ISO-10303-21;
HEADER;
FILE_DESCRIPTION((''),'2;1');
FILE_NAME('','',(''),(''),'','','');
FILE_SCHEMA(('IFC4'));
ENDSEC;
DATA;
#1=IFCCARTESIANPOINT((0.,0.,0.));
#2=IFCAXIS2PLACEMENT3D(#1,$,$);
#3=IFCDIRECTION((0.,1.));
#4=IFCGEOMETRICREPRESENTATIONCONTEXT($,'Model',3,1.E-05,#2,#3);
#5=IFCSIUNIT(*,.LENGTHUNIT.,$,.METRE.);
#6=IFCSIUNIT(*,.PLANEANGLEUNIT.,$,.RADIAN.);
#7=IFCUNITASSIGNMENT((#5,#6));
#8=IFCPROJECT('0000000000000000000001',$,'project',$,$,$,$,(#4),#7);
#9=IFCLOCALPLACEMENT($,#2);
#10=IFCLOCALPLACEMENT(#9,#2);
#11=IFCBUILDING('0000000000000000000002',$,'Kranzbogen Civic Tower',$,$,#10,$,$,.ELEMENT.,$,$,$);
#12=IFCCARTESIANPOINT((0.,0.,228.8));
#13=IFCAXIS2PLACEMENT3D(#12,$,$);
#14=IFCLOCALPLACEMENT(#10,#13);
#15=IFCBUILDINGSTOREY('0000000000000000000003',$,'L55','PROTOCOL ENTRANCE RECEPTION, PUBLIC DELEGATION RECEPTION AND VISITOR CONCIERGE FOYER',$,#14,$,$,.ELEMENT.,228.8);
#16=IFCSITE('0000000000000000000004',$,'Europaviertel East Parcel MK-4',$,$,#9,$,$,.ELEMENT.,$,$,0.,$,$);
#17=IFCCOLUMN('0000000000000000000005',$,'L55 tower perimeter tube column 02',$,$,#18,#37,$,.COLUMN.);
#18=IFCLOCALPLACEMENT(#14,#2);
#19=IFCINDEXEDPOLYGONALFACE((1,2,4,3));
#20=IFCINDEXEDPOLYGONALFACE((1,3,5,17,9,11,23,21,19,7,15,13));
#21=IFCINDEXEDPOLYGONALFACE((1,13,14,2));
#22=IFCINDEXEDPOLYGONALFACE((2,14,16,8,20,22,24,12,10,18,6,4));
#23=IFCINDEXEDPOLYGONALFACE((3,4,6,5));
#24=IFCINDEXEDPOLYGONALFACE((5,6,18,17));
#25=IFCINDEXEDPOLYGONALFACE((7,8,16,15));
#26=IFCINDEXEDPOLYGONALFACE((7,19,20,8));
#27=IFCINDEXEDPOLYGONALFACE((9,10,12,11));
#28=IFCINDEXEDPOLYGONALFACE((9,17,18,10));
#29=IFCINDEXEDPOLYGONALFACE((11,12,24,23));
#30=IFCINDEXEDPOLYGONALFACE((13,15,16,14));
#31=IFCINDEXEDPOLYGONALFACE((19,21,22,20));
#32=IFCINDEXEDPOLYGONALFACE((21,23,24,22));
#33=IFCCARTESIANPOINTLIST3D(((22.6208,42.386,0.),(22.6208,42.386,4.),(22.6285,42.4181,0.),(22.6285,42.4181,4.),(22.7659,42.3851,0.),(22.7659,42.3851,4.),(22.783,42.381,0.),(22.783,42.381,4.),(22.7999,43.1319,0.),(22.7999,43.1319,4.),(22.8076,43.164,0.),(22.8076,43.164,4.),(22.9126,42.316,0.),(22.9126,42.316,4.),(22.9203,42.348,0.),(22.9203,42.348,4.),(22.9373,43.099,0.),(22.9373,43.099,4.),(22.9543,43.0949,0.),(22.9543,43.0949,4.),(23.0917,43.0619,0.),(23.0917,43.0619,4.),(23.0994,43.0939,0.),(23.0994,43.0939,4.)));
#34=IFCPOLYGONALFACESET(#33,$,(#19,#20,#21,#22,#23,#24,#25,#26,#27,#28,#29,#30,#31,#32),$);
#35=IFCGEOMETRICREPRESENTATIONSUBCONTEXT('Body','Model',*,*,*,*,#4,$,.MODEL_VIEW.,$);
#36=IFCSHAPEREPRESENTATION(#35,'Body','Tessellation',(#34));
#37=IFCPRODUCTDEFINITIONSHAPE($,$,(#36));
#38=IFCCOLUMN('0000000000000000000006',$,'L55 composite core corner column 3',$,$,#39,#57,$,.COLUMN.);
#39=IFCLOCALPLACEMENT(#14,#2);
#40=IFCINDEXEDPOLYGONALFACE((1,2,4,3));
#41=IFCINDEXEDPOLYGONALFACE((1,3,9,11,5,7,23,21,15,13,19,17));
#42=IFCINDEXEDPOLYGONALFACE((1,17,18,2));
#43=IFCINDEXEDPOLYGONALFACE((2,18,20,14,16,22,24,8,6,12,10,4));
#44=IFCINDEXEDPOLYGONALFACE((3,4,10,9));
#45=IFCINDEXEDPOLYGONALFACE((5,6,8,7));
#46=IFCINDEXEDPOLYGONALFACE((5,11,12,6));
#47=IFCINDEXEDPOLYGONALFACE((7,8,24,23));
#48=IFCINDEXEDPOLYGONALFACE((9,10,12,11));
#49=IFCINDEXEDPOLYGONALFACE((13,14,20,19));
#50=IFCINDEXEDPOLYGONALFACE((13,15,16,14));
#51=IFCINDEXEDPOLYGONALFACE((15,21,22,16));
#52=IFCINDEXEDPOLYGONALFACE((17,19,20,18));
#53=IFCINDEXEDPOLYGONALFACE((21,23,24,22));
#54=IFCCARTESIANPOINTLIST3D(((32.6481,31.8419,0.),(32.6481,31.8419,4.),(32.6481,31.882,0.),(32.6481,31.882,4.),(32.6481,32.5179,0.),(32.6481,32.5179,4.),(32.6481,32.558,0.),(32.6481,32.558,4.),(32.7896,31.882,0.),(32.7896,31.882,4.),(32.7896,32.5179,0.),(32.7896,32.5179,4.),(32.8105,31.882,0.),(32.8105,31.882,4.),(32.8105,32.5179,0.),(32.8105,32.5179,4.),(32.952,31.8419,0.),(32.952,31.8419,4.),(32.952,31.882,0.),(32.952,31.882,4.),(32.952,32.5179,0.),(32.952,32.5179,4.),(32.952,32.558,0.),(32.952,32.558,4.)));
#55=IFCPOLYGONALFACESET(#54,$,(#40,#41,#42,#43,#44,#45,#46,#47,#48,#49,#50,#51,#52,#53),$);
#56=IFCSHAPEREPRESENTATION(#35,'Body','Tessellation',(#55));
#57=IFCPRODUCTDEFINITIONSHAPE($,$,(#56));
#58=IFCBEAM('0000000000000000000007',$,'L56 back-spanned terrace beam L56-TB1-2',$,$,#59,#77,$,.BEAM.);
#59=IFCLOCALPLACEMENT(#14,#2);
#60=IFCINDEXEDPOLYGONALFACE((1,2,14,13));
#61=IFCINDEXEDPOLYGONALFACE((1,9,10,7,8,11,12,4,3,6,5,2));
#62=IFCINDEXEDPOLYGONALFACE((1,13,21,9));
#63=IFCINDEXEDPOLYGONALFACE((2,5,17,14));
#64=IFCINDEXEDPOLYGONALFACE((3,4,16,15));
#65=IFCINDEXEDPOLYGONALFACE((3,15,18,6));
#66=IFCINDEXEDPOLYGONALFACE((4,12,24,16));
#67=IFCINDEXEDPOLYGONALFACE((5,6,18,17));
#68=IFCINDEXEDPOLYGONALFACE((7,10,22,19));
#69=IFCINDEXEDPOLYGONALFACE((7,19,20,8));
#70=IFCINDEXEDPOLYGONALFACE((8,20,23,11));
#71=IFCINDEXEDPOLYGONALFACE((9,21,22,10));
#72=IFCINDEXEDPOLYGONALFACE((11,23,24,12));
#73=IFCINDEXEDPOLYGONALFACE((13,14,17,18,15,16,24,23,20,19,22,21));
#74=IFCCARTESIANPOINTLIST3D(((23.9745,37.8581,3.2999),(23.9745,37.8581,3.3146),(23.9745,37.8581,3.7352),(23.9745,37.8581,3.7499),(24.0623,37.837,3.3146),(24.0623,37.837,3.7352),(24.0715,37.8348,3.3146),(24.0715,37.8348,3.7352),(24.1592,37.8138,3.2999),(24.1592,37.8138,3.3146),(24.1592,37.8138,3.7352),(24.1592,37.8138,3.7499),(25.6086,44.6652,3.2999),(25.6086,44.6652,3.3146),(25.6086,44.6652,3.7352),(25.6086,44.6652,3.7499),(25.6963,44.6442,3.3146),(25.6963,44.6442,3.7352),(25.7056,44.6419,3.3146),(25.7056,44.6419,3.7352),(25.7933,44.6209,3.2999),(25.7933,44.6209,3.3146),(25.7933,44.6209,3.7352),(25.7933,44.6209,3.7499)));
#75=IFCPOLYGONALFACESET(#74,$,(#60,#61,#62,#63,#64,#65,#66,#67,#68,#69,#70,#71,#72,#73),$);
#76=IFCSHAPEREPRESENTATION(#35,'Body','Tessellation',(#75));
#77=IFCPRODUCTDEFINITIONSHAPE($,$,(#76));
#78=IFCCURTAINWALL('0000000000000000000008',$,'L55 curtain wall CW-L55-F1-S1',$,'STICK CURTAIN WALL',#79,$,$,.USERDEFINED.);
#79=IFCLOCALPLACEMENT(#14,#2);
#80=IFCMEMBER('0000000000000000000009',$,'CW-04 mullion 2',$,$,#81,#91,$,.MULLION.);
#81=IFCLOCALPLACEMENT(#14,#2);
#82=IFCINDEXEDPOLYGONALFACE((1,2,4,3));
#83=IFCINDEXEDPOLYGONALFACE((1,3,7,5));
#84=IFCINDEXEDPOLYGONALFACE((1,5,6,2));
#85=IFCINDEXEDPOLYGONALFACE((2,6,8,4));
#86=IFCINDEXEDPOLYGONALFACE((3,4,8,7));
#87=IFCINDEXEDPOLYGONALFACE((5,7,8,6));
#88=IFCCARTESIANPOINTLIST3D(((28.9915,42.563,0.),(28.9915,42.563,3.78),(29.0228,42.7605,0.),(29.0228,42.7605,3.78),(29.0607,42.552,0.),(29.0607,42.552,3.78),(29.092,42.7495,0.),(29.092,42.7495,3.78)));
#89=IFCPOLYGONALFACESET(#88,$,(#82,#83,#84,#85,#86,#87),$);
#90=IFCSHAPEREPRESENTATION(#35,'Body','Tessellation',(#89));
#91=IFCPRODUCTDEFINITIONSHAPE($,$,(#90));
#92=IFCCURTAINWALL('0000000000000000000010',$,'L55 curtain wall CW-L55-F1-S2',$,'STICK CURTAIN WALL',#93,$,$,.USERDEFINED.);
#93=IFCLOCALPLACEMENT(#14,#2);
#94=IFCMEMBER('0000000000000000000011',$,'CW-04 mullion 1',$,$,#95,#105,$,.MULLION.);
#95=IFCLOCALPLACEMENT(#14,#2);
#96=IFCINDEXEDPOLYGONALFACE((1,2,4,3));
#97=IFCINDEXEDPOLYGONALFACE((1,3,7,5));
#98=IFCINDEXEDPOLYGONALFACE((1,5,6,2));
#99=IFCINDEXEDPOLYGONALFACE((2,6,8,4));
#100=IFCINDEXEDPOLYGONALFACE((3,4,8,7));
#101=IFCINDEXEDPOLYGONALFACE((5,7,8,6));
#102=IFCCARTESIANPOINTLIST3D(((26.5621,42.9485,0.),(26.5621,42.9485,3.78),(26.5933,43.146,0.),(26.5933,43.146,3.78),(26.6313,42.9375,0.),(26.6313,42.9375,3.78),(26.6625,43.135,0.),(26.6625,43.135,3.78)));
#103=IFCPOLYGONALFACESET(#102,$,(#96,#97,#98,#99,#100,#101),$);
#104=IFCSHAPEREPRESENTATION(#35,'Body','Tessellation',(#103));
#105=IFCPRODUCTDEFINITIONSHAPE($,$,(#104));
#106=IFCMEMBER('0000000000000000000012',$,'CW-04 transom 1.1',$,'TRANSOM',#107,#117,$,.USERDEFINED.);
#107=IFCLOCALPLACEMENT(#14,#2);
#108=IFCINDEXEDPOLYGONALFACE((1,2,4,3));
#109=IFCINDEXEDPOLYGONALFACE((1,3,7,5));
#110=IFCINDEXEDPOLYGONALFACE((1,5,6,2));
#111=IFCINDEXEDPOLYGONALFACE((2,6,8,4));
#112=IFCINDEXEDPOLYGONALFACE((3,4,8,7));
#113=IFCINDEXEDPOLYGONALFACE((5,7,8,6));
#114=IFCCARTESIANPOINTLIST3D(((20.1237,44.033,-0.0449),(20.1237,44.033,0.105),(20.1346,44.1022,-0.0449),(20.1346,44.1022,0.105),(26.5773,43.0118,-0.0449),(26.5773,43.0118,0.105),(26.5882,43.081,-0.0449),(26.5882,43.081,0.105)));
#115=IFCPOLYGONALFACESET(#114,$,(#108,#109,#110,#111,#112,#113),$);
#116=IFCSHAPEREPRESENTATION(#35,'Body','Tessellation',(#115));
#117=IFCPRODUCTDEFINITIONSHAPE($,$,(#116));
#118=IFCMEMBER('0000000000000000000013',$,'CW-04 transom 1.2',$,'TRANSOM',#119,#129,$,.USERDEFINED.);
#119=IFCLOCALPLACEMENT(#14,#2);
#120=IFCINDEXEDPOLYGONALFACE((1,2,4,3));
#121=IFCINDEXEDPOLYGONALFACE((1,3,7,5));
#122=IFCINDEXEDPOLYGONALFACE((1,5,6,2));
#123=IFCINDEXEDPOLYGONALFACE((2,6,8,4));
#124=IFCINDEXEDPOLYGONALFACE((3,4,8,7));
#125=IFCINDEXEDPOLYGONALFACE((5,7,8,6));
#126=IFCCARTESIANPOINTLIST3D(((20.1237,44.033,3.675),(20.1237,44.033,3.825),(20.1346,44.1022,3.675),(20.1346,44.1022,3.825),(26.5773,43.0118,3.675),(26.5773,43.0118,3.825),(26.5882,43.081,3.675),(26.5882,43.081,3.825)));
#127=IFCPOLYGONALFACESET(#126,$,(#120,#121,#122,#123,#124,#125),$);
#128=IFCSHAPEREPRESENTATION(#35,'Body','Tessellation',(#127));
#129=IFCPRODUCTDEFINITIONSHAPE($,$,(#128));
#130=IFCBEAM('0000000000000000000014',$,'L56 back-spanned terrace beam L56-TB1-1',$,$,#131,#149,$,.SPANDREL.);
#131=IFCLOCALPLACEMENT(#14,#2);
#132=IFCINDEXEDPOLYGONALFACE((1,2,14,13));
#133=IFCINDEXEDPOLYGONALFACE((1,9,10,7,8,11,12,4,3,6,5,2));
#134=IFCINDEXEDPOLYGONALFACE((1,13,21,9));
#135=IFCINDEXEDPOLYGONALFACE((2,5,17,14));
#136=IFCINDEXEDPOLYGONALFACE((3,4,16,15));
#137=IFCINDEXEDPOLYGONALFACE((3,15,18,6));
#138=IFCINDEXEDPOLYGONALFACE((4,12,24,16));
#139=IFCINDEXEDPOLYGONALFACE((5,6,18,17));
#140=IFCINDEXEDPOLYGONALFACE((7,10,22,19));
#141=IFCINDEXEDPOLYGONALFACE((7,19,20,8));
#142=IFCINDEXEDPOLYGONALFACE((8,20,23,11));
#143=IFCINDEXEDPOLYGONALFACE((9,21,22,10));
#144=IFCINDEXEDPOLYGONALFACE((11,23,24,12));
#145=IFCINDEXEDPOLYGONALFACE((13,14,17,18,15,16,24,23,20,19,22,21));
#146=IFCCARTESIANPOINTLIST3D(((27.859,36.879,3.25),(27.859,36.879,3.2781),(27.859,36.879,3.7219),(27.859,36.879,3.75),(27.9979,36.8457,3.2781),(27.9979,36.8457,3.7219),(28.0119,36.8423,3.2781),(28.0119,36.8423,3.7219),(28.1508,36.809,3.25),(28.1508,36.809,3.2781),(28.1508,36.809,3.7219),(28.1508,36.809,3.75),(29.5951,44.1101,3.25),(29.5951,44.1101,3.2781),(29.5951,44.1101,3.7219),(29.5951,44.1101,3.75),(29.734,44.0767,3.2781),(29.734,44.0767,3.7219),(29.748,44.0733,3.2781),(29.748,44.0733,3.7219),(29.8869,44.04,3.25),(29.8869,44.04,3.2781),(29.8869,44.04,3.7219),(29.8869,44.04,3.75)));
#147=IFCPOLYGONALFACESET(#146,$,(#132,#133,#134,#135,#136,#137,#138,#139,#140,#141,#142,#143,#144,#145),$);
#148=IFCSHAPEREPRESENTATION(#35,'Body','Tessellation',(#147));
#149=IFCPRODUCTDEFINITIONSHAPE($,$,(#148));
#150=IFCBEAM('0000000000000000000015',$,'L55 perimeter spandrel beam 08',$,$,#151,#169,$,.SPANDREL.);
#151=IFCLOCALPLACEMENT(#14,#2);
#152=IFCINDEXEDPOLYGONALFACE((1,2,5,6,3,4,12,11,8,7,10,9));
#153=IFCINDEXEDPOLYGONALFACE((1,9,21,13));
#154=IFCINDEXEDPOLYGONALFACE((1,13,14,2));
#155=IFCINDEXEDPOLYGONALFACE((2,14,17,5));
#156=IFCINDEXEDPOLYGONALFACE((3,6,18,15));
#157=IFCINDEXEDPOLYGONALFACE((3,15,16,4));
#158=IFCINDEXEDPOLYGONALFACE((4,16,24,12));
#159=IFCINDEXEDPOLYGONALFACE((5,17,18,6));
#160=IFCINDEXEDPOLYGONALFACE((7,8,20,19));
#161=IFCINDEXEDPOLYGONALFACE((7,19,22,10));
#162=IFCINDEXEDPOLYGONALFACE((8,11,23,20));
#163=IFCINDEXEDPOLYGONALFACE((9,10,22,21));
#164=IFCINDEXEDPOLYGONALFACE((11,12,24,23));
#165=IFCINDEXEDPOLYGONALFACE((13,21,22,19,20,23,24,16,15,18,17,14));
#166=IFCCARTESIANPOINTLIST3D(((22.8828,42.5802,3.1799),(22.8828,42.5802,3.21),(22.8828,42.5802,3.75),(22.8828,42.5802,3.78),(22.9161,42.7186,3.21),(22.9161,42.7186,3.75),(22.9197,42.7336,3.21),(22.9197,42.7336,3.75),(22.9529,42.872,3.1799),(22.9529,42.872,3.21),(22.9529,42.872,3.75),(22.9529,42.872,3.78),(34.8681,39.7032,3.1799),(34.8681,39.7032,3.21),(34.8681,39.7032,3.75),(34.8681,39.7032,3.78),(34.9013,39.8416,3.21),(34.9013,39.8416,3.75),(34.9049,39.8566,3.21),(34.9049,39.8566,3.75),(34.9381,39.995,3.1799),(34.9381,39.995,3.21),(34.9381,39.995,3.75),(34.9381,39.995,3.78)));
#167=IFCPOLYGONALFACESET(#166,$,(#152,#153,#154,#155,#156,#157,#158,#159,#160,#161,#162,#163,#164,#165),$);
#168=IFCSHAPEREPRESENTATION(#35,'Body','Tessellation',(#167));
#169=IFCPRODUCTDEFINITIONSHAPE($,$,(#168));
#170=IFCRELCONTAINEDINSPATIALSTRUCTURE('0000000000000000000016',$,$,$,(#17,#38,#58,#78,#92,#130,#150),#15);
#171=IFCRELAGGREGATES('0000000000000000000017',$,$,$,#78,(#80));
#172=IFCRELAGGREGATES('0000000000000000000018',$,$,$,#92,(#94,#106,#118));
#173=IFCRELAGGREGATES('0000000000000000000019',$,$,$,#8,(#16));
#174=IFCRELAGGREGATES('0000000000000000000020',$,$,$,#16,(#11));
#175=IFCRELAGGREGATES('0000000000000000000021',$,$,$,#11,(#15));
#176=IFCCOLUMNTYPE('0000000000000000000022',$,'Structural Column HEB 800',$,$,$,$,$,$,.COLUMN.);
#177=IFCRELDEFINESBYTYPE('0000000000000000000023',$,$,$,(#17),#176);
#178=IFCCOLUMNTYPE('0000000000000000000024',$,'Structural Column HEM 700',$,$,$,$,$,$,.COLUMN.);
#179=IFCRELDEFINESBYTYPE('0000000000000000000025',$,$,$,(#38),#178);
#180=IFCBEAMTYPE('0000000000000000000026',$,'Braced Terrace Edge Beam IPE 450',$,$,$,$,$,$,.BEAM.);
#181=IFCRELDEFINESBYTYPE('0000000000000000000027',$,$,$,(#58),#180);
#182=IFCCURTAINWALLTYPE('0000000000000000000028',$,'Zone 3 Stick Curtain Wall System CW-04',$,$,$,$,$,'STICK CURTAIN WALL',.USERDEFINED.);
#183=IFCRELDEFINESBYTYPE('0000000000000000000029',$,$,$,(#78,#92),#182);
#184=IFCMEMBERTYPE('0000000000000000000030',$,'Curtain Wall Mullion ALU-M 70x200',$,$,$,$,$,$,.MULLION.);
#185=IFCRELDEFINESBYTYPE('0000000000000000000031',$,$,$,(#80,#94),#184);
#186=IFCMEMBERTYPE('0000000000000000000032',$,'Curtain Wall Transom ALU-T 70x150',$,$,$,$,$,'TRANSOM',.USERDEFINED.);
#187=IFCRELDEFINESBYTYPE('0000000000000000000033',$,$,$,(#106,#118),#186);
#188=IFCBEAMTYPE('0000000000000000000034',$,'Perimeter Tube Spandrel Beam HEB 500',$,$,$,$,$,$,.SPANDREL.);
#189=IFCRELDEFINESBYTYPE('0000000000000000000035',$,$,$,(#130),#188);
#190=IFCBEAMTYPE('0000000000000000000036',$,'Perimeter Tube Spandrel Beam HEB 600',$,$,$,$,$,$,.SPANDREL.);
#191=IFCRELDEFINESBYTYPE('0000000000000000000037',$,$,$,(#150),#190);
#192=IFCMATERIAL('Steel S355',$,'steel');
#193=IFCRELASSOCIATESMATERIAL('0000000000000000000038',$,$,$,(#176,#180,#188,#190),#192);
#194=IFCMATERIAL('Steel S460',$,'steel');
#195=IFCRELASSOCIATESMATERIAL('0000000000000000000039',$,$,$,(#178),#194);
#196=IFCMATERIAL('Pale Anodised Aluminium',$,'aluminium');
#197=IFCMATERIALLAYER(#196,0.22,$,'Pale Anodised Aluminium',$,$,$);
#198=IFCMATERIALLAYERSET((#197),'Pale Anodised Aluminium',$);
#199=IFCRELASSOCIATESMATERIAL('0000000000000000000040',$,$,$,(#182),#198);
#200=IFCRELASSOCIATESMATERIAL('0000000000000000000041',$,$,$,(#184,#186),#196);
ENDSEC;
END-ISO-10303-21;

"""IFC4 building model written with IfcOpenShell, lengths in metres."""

from ifc_helpers import new_model, si_unit, direction, frame, origin, origin_2d, place, context, subcontext, project, spatial, rectangle, i_section, extrude, material, layer, layer_set, material_profile, profile_set, type_object, element, aggregate, save


model = new_model("IFC4")

# Units and contexts
model_context = context("Model", 3, precision=1e-05, world=origin(), true_north=direction((0.0, 1.0)))
body_context = subcontext(model_context, "Body", "Model", "MODEL_VIEW")
ifc_project = project(units=[si_unit("LENGTHUNIT", "METRE"), si_unit("PLANEANGLEUNIT", "RADIAN")], contexts=[model_context])

# Site, building, storey
site_placement = place(None, origin())
site = spatial("IfcSite", under=ifc_project, at=site_placement, Name="Europaviertel East Parcel MK-4", CompositionType="ELEMENT", RefElevation=0.0)
building_placement = place(site_placement, origin())
building = spatial("IfcBuilding", under=site, at=building_placement, Name="Kranzbogen Civic Tower", CompositionType="ELEMENT")
storey_placement = place(building_placement, frame((0.0, 0.0, 228.8)))
storey = spatial("IfcBuildingStorey", under=building, at=storey_placement, Name="L55", Description="PROTOCOL ENTRANCE RECEPTION, PUBLIC DELEGATION RECEPTION AND VISITOR CONCIERGE FOYER", CompositionType="ELEMENT", Elevation=228.8)

# Columns
ifc_material_1 = material(Name="Steel S355", Category="steel")
ifc_material_profile_1 = material_profile(ifc_material_1, i_section(OverallWidth=0.3, OverallDepth=0.8, WebThickness=0.0176, FlangeThickness=0.033, at=origin_2d()), Name="HEB 800")
ifc_profile_set_1 = profile_set([ifc_material_profile_1], Name="Steel S355")
column_type_1 = type_object("IfcColumnType", Name="Structural Column HEB 800", PredefinedType="COLUMN", material=ifc_profile_set_1)
column_1_placement = place(storey_placement, frame((22.8601, 42.74, 0.0), z_axis=(0.0, 0.0, 1.0), x_axis=(-0.97237, 0.233445, 0.0)))
element("IfcColumn", 1, at=column_1_placement, inside=storey, type_object=column_type_1, Name="L55 tower perimeter tube column 02", PredefinedType="COLUMN", context=body_context, shape_type="SweptSolid", body=[
    extrude(i_section(OverallWidth=0.3, OverallDepth=0.8, WebThickness=0.0176, FlangeThickness=0.033, at=origin_2d()), origin(), (0.0, 0.0, 1.0), 4.0),
])
ifc_material_2 = material(Name="Steel S460", Category="steel")
ifc_material_profile_2 = material_profile(ifc_material_2, i_section(OverallWidth=0.304, OverallDepth=0.7161, WebThickness=0.021, FlangeThickness=0.04, at=origin_2d()), Name="HEM 700")
ifc_profile_set_2 = profile_set([ifc_material_profile_2], Name="Steel S460")
column_type_2 = type_object("IfcColumnType", Name="Structural Column HEM 700", PredefinedType="COLUMN", material=ifc_profile_set_2)
column_2_placement = place(storey_placement, frame((32.8, 32.2, 0.0), z_axis=(0.0, 0.0, 1.0), x_axis=(1.0, 0.0, 0.0)))
element("IfcColumn", 2, at=column_2_placement, inside=storey, type_object=column_type_2, Name="L55 composite core corner column 3", PredefinedType="COLUMN", context=body_context, shape_type="SweptSolid", body=[
    extrude(i_section(OverallWidth=0.304, OverallDepth=0.7161, WebThickness=0.021, FlangeThickness=0.04, at=origin_2d()), origin(), (0.0, 0.0, 1.0), 4.0),
])

# Beam
ifc_material_profile_3 = material_profile(ifc_material_1, i_section(OverallWidth=0.1899, OverallDepth=0.45, WebThickness=0.0095, FlangeThickness=0.0146, at=origin_2d()), Name="IPE 450")
ifc_profile_set_3 = profile_set([ifc_material_profile_3], Name="Steel S355")
beam_type_1 = type_object("IfcBeamType", Name="Braced Terrace Edge Beam IPE 450", PredefinedType="BEAM", material=ifc_profile_set_3)
beam_1_placement = place(storey_placement, frame((24.0669, 37.8359, 3.5249), z_axis=(0.233416, 0.972377, 0.0), x_axis=(-0.972377, 0.233416, 0.0)))
element("IfcBeam", 3, at=beam_1_placement, inside=storey, type_object=beam_type_1, Name="L56 back-spanned terrace beam L56-TB1-2", PredefinedType="BEAM", context=body_context, shape_type="SweptSolid", body=[
    extrude(i_section(OverallWidth=0.1899, OverallDepth=0.45, WebThickness=0.0095, FlangeThickness=0.0146, at=origin_2d()), origin(), (0.0, 0.0, 1.0), 7.0005),
])

# Curtain wall, member
ifc_material_3 = material(Name="Pale Anodised Aluminium", Category="aluminium")
ifc_layer_1 = layer(ifc_material_3, 0.22, Name="Pale Anodised Aluminium")
ifc_layer_set_1 = layer_set([ifc_layer_1], Name="Pale Anodised Aluminium")
curtain_wall_type = type_object("IfcCurtainWallType", Name="Zone 3 Stick Curtain Wall System CW-04", ElementType="STICK CURTAIN WALL", PredefinedType="USERDEFINED", material=ifc_layer_set_1)
curtain_wall_1_placement = place(storey_placement, origin())
curtain_wall_1 = element("IfcCurtainWall", 4, at=curtain_wall_1_placement, inside=storey, type_object=curtain_wall_type, Name="L55 curtain wall CW-L55-F1-S1", ObjectType="STICK CURTAIN WALL", PredefinedType="USERDEFINED")
ifc_material_profile_4 = material_profile(ifc_material_3, rectangle(XDim=0.0701, YDim=0.2, at=origin_2d()), Name="ALU-M 70x200")
ifc_profile_set_4 = profile_set([ifc_material_profile_4], Name="Pale Anodised Aluminium")
member_type_1 = type_object("IfcMemberType", Name="Curtain Wall Mullion ALU-M 70x200", PredefinedType="MULLION", material=ifc_profile_set_4)
member_1_placement = place(storey_placement, frame((29.0417, 42.6562, 0.0), z_axis=(0.0, 0.0, 1.0), x_axis=(-0.987709, 0.156302, 0.0)))
member_1 = element("IfcMember", 5, at=member_1_placement, type_object=member_type_1, Name="CW-04 mullion 2", PredefinedType="MULLION", context=body_context, shape_type="SweptSolid", body=[
    extrude(rectangle(XDim=0.0701, YDim=0.2, at=origin_2d()), origin(), (0.0, 0.0, 1.0), 3.78),
])

# Curtain wall, members
curtain_wall_2_placement = place(storey_placement, origin())
curtain_wall_2 = element("IfcCurtainWall", 6, at=curtain_wall_2_placement, inside=storey, type_object=curtain_wall_type, Name="L55 curtain wall CW-L55-F1-S2", ObjectType="STICK CURTAIN WALL", PredefinedType="USERDEFINED")
member_2_placement = place(storey_placement, frame((26.6123, 43.0417, 0.0), z_axis=(0.0, 0.0, 1.0), x_axis=(-0.987709, 0.156302, 0.0)))
member_2 = element("IfcMember", 7, at=member_2_placement, type_object=member_type_1, Name="CW-04 mullion 1", PredefinedType="MULLION", context=body_context, shape_type="SweptSolid", body=[
    extrude(rectangle(XDim=0.0701, YDim=0.2, at=origin_2d()), origin(), (0.0, 0.0, 1.0), 3.78),
])
ifc_material_profile_5 = material_profile(ifc_material_3, rectangle(XDim=0.0701, YDim=0.1499, at=origin_2d()), Name="ALU-T 70x150")
ifc_profile_set_5 = profile_set([ifc_material_profile_5], Name="Pale Anodised Aluminium")
member_type_2 = type_object("IfcMemberType", Name="Curtain Wall Transom ALU-T 70x150", ElementType="TRANSOM", PredefinedType="USERDEFINED", material=ifc_profile_set_5)
member_3_placement = place(storey_placement, frame((26.5828, 43.0464, 0.03), z_axis=(-0.98771, 0.156298, 0.0), x_axis=(-0.156298, -0.98771, 0.0)))
member_3 = element("IfcMember", 8, at=member_3_placement, type_object=member_type_2, Name="CW-04 transom 1.1", ObjectType="TRANSOM", PredefinedType="USERDEFINED", context=body_context, shape_type="SweptSolid", body=[
    extrude(rectangle(XDim=0.0701, YDim=0.1499, at=origin_2d()), origin(), (0.0, 0.0, 1.0), 6.5339),
])
member_4_placement = place(storey_placement, frame((26.5828, 43.0464, 3.75), z_axis=(-0.98771, 0.156298, 0.0), x_axis=(-0.156298, -0.98771, 0.0)))
member_4 = element("IfcMember", 9, at=member_4_placement, type_object=member_type_2, Name="CW-04 transom 1.2", ObjectType="TRANSOM", PredefinedType="USERDEFINED", context=body_context, shape_type="SweptSolid", body=[
    extrude(rectangle(XDim=0.0701, YDim=0.1499, at=origin_2d()), origin(), (0.0, 0.0, 1.0), 6.5339),
])

# Beams
ifc_material_profile_6 = material_profile(ifc_material_1, i_section(OverallWidth=0.3, OverallDepth=0.5, WebThickness=0.0144, FlangeThickness=0.0281, at=origin_2d()), Name="HEB 500")
ifc_profile_set_6 = profile_set([ifc_material_profile_6], Name="Steel S355")
beam_type_2 = type_object("IfcBeamType", Name="Perimeter Tube Spandrel Beam HEB 500", PredefinedType="SPANDREL", material=ifc_profile_set_6)
beam_2_placement = place(storey_placement, frame((28.0049, 36.844, 3.5), z_axis=(0.233456, 0.972367, 0.0), x_axis=(-0.972367, 0.233456, 0.0)))
element("IfcBeam", 10, at=beam_2_placement, inside=storey, type_object=beam_type_2, Name="L56 back-spanned terrace beam L56-TB1-1", PredefinedType="SPANDREL", context=body_context, shape_type="SweptSolid", body=[
    extrude(i_section(OverallWidth=0.3, OverallDepth=0.5, WebThickness=0.0144, FlangeThickness=0.0281, at=origin_2d()), origin(), (0.0, 0.0, 1.0), 7.4365),
])
ifc_material_profile_7 = material_profile(ifc_material_1, i_section(OverallWidth=0.3, OverallDepth=0.6001, WebThickness=0.0154, FlangeThickness=0.03, at=origin_2d()), Name="HEB 600")
ifc_profile_set_7 = profile_set([ifc_material_profile_7], Name="Steel S355")
beam_type_3 = type_object("IfcBeamType", Name="Perimeter Tube Spandrel Beam HEB 600", PredefinedType="SPANDREL", material=ifc_profile_set_7)
beam_3_placement = place(storey_placement, frame((34.9031, 39.8491, 3.48), z_axis=(-0.972378, 0.233413, 0.0), x_axis=(-0.233413, -0.972378, 0.0)))
element("IfcBeam", 11, at=beam_3_placement, inside=storey, type_object=beam_type_3, Name="L55 perimeter spandrel beam 08", PredefinedType="SPANDREL", context=body_context, shape_type="SweptSolid", body=[
    extrude(i_section(OverallWidth=0.3, OverallDepth=0.6001, WebThickness=0.0154, FlangeThickness=0.03, at=origin_2d()), origin(), (0.0, 0.0, 1.0), 12.3257),
])

aggregate(curtain_wall_1, [member_1])
aggregate(curtain_wall_2, [member_2, member_3, member_4])

save(model, "model.ifc")
